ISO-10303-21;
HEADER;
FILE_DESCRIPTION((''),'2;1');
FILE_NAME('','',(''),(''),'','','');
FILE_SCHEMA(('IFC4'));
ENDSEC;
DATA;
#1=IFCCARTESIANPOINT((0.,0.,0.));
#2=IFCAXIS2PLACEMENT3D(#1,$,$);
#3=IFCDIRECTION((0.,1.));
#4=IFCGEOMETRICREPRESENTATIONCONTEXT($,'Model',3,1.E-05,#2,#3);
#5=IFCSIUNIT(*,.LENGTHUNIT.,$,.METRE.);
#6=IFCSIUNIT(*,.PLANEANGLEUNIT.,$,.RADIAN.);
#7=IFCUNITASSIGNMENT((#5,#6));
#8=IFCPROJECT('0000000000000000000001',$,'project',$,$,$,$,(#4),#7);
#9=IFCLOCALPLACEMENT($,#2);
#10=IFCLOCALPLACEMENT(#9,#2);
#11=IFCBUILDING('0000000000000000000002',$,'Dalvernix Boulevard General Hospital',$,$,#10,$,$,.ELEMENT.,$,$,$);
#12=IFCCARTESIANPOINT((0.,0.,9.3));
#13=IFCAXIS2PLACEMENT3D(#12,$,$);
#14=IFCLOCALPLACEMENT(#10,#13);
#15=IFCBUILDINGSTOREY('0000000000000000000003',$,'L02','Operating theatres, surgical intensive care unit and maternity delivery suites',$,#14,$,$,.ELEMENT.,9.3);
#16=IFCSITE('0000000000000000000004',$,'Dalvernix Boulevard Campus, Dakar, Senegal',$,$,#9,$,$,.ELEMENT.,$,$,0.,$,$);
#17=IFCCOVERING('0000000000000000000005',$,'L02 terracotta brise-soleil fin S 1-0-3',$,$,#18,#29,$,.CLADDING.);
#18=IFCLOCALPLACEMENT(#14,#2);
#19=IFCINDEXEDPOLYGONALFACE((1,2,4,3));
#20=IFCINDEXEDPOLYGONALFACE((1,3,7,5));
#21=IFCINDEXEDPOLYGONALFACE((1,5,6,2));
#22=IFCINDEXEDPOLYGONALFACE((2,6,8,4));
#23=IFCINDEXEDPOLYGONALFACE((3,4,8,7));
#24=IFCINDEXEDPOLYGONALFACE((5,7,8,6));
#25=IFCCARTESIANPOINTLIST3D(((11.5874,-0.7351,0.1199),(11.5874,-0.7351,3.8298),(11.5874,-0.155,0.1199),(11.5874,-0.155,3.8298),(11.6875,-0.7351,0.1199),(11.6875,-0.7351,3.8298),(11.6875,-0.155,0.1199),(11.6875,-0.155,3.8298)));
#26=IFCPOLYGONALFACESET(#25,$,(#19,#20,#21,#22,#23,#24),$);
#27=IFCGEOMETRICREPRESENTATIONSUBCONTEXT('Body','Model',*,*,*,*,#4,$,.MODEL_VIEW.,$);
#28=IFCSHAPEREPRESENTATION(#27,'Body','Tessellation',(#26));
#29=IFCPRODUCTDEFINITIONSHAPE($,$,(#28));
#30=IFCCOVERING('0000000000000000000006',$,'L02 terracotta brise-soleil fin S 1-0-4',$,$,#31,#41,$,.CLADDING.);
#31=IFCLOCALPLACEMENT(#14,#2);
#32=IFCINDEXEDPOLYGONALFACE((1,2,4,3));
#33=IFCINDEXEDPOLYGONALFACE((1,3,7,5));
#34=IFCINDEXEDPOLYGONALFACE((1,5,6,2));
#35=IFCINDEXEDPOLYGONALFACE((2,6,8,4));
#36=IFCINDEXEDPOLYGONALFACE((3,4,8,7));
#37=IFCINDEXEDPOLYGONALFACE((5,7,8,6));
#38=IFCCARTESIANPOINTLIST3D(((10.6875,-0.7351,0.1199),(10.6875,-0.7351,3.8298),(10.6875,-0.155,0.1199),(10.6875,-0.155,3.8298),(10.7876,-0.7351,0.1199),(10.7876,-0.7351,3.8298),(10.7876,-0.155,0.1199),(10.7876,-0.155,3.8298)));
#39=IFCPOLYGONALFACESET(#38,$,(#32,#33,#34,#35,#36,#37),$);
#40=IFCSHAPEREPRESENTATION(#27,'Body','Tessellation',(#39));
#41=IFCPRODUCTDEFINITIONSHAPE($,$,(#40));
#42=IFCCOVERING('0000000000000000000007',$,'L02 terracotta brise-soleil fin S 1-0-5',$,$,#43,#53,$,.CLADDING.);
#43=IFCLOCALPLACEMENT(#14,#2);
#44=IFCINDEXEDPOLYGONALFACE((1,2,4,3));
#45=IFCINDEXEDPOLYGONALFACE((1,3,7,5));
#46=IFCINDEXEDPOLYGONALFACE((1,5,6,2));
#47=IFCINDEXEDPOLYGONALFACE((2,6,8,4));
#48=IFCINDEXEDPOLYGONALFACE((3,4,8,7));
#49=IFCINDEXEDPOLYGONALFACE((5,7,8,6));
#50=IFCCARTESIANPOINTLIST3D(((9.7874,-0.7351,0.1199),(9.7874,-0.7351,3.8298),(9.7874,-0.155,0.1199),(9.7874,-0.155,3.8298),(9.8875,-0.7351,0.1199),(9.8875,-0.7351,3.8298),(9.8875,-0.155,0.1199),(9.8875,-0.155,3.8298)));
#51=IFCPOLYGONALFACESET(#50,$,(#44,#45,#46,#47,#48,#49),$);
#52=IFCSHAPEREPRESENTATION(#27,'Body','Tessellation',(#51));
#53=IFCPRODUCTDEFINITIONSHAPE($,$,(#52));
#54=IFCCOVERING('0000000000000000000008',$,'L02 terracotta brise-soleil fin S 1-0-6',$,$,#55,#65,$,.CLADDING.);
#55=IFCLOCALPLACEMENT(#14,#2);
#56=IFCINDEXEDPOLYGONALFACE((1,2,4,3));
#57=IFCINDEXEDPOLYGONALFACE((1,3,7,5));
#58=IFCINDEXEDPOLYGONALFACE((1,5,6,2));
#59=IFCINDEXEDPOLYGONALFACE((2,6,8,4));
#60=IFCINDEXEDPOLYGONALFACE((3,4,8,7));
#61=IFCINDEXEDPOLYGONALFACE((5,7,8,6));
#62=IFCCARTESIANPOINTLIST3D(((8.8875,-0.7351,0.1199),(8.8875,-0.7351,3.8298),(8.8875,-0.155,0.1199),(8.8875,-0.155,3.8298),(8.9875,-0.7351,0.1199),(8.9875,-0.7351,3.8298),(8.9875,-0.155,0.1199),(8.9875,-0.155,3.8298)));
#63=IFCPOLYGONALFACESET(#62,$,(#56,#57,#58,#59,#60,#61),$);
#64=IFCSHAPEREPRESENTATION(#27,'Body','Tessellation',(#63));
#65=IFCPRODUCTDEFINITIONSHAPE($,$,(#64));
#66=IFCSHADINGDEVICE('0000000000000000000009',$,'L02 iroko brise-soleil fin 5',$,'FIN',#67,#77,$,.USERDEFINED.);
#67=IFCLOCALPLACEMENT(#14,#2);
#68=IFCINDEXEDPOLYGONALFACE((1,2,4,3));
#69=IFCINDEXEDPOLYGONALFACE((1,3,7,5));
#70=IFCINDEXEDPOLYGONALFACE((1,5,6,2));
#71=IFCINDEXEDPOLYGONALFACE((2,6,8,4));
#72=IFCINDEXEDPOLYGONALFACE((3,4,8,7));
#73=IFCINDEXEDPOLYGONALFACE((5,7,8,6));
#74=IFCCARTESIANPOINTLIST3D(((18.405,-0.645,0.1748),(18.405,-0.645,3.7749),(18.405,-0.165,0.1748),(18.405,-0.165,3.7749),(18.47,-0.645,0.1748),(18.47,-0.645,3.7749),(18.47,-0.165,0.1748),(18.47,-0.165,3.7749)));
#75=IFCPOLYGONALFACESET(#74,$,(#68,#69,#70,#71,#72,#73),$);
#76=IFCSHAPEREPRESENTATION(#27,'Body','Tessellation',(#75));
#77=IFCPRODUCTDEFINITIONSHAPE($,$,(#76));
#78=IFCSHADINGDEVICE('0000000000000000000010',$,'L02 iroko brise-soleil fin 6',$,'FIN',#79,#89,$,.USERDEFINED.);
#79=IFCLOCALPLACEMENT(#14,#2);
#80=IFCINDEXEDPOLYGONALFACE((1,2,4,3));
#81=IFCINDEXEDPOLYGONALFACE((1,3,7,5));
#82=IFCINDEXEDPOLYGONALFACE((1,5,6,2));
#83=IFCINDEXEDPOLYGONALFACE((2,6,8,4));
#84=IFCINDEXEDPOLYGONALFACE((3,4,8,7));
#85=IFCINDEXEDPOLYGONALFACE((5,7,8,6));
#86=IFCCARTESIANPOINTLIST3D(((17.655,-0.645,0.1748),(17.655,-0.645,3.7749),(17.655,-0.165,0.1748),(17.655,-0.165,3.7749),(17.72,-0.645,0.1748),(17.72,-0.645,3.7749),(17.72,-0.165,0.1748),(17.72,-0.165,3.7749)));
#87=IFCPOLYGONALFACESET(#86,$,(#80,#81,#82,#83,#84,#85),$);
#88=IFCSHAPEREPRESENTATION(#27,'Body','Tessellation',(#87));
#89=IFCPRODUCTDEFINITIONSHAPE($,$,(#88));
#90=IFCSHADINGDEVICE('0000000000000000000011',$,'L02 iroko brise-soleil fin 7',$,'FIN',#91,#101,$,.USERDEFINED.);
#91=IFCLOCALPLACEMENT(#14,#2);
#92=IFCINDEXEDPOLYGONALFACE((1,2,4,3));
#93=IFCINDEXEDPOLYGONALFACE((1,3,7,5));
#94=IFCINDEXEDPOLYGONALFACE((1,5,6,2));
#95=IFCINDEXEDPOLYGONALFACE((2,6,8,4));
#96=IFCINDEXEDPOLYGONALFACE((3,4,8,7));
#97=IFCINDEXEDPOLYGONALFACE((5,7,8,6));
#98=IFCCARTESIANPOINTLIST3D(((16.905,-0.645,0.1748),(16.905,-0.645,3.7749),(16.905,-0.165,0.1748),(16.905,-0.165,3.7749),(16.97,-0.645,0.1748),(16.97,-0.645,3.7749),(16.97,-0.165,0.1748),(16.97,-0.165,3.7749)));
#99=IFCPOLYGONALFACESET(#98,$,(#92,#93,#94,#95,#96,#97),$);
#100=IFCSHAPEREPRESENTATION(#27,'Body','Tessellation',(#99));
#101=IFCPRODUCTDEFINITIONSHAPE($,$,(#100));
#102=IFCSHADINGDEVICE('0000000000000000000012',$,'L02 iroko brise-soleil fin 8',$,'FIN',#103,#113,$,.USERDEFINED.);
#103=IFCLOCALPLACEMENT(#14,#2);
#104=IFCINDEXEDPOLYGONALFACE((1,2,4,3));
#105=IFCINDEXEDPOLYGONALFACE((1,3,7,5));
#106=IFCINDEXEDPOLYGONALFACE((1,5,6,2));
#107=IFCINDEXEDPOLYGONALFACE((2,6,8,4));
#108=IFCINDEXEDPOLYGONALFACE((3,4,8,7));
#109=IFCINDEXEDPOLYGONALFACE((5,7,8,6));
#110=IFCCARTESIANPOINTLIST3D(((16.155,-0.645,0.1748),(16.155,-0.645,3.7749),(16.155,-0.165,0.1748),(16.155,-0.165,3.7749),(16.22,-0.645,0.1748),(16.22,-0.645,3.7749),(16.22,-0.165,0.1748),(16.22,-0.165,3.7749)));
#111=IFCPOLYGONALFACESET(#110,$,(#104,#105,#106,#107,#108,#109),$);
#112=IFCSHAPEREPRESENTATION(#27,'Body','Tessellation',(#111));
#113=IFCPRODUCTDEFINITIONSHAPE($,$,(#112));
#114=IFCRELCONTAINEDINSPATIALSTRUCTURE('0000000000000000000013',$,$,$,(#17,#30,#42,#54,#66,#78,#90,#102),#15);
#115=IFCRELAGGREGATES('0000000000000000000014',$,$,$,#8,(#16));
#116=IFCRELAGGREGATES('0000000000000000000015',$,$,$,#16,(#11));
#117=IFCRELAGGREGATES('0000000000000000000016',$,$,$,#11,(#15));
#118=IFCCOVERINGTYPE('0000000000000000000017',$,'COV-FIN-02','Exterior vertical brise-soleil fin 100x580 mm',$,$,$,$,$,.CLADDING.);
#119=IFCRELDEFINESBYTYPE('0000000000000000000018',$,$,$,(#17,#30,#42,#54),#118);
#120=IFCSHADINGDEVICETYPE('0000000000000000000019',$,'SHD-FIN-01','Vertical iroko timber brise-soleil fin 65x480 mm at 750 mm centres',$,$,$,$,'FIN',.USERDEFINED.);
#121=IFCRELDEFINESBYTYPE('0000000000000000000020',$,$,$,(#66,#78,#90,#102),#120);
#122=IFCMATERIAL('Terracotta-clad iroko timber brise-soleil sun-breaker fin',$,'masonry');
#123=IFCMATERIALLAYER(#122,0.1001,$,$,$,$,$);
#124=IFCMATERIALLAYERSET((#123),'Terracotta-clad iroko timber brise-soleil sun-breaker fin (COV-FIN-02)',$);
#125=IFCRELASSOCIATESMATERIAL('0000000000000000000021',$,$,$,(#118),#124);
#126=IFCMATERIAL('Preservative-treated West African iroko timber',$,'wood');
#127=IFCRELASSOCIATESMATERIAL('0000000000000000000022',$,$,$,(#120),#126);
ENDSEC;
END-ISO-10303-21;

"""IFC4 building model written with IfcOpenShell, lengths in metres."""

from ifc_helpers import new_model, si_unit, direction, frame, origin, origin_2d, place, context, subcontext, project, spatial, rectangle, extrude, material, layer, layer_set, type_object, element, save


model = new_model("IFC4")

# Units and contexts
model_context = context("Model", 3, precision=1e-05, world=origin(), true_north=direction((0.0, 1.0)))
body_context = subcontext(model_context, "Body", "Model", "MODEL_VIEW")
ifc_project = project(units=[si_unit("LENGTHUNIT", "METRE"), si_unit("PLANEANGLEUNIT", "RADIAN")], contexts=[model_context])

# Site, building, storey
site_placement = place(None, origin())
site = spatial("IfcSite", under=ifc_project, at=site_placement, Name="Dalvernix Boulevard Campus, Dakar, Senegal", CompositionType="ELEMENT", RefElevation=0.0)
building_placement = place(site_placement, origin())
building = spatial("IfcBuilding", under=site, at=building_placement, Name="Dalvernix Boulevard General Hospital", CompositionType="ELEMENT")
storey_placement = place(building_placement, frame((0.0, 0.0, 9.3)))
storey = spatial("IfcBuildingStorey", under=building, at=storey_placement, Name="L02", Description="Operating theatres, surgical intensive care unit and maternity delivery suites", CompositionType="ELEMENT", Elevation=9.3)

# Coverings
ifc_material_1 = material(Name="Terracotta-clad iroko timber brise-soleil sun-breaker fin", Category="masonry")
ifc_layer_1 = layer(ifc_material_1, 0.1001)
ifc_layer_set_1 = layer_set([ifc_layer_1], Name="Terracotta-clad iroko timber brise-soleil sun-breaker fin (COV-FIN-02)")
covering_type_1 = type_object("IfcCoveringType", Name="COV-FIN-02", Description="Exterior vertical brise-soleil fin 100x580 mm", PredefinedType="CLADDING", material=ifc_layer_set_1)
for number, where, z_axis, x_axis, name in (
    (1, (11.6375, -0.4451, 0.1199), (0.0, 0.0, 1.0), (-1.0, 0.0, 0.0), "L02 terracotta brise-soleil fin S 1-0-3"),
    (2, (10.7375, -0.4451, 0.1199), (0.0, 0.0, 1.0), (-1.0, 0.0, 0.0), "L02 terracotta brise-soleil fin S 1-0-4"),
    (3, (9.8374, -0.4451, 0.1199), (0.0, 0.0, 1.0), (-1.0, 0.0, 0.0), "L02 terracotta brise-soleil fin S 1-0-5"),
    (4, (8.9375, -0.4451, 0.1199), (0.0, 0.0, 1.0), (-1.0, 0.0, 0.0), "L02 terracotta brise-soleil fin S 1-0-6"),
):
    element("IfcCovering", number, at=place(storey_placement, frame(where, z_axis=z_axis, x_axis=x_axis)), inside=storey, type_object=covering_type_1, Name=name, PredefinedType="CLADDING", context=body_context, shape_type="SweptSolid", body=[
        extrude(rectangle(XDim=0.1001, YDim=0.5801, at=origin_2d()), origin(), (0.0, 0.0, 1.0), 3.71),
    ])

# Shading devices
ifc_material_2 = material(Name="Preservative-treated West African iroko timber", Category="wood")
shading_device_type = type_object("IfcShadingDeviceType", Name="SHD-FIN-01", Description="Vertical iroko timber brise-soleil fin 65x480 mm at 750 mm centres", ElementType="FIN", PredefinedType="USERDEFINED", material=ifc_material_2)
for number, where, z_axis, x_axis, name in (
    (5, (18.4375, -0.405, 0.1748), (0.0, 0.0, 1.0), (-1.0, 0.0, 0.0), "L02 iroko brise-soleil fin 5"),
    (6, (17.6875, -0.405, 0.1748), (0.0, 0.0, 1.0), (-1.0, 0.0, 0.0), "L02 iroko brise-soleil fin 6"),
    (7, (16.9375, -0.405, 0.1748), (0.0, 0.0, 1.0), (-1.0, 0.0, 0.0), "L02 iroko brise-soleil fin 7"),
    (8, (16.1875, -0.405, 0.1748), (0.0, 0.0, 1.0), (-1.0, 0.0, 0.0), "L02 iroko brise-soleil fin 8"),
):
    element("IfcShadingDevice", number, at=place(storey_placement, frame(where, z_axis=z_axis, x_axis=x_axis)), inside=storey, type_object=shading_device_type, Name=name, ObjectType="FIN", PredefinedType="USERDEFINED", context=body_context, shape_type="SweptSolid", body=[
        extrude(rectangle(XDim=0.0649, YDim=0.48, at=origin_2d()), origin(), (0.0, 0.0, 1.0), 3.6001),
    ])

save(model, "model.ifc")
